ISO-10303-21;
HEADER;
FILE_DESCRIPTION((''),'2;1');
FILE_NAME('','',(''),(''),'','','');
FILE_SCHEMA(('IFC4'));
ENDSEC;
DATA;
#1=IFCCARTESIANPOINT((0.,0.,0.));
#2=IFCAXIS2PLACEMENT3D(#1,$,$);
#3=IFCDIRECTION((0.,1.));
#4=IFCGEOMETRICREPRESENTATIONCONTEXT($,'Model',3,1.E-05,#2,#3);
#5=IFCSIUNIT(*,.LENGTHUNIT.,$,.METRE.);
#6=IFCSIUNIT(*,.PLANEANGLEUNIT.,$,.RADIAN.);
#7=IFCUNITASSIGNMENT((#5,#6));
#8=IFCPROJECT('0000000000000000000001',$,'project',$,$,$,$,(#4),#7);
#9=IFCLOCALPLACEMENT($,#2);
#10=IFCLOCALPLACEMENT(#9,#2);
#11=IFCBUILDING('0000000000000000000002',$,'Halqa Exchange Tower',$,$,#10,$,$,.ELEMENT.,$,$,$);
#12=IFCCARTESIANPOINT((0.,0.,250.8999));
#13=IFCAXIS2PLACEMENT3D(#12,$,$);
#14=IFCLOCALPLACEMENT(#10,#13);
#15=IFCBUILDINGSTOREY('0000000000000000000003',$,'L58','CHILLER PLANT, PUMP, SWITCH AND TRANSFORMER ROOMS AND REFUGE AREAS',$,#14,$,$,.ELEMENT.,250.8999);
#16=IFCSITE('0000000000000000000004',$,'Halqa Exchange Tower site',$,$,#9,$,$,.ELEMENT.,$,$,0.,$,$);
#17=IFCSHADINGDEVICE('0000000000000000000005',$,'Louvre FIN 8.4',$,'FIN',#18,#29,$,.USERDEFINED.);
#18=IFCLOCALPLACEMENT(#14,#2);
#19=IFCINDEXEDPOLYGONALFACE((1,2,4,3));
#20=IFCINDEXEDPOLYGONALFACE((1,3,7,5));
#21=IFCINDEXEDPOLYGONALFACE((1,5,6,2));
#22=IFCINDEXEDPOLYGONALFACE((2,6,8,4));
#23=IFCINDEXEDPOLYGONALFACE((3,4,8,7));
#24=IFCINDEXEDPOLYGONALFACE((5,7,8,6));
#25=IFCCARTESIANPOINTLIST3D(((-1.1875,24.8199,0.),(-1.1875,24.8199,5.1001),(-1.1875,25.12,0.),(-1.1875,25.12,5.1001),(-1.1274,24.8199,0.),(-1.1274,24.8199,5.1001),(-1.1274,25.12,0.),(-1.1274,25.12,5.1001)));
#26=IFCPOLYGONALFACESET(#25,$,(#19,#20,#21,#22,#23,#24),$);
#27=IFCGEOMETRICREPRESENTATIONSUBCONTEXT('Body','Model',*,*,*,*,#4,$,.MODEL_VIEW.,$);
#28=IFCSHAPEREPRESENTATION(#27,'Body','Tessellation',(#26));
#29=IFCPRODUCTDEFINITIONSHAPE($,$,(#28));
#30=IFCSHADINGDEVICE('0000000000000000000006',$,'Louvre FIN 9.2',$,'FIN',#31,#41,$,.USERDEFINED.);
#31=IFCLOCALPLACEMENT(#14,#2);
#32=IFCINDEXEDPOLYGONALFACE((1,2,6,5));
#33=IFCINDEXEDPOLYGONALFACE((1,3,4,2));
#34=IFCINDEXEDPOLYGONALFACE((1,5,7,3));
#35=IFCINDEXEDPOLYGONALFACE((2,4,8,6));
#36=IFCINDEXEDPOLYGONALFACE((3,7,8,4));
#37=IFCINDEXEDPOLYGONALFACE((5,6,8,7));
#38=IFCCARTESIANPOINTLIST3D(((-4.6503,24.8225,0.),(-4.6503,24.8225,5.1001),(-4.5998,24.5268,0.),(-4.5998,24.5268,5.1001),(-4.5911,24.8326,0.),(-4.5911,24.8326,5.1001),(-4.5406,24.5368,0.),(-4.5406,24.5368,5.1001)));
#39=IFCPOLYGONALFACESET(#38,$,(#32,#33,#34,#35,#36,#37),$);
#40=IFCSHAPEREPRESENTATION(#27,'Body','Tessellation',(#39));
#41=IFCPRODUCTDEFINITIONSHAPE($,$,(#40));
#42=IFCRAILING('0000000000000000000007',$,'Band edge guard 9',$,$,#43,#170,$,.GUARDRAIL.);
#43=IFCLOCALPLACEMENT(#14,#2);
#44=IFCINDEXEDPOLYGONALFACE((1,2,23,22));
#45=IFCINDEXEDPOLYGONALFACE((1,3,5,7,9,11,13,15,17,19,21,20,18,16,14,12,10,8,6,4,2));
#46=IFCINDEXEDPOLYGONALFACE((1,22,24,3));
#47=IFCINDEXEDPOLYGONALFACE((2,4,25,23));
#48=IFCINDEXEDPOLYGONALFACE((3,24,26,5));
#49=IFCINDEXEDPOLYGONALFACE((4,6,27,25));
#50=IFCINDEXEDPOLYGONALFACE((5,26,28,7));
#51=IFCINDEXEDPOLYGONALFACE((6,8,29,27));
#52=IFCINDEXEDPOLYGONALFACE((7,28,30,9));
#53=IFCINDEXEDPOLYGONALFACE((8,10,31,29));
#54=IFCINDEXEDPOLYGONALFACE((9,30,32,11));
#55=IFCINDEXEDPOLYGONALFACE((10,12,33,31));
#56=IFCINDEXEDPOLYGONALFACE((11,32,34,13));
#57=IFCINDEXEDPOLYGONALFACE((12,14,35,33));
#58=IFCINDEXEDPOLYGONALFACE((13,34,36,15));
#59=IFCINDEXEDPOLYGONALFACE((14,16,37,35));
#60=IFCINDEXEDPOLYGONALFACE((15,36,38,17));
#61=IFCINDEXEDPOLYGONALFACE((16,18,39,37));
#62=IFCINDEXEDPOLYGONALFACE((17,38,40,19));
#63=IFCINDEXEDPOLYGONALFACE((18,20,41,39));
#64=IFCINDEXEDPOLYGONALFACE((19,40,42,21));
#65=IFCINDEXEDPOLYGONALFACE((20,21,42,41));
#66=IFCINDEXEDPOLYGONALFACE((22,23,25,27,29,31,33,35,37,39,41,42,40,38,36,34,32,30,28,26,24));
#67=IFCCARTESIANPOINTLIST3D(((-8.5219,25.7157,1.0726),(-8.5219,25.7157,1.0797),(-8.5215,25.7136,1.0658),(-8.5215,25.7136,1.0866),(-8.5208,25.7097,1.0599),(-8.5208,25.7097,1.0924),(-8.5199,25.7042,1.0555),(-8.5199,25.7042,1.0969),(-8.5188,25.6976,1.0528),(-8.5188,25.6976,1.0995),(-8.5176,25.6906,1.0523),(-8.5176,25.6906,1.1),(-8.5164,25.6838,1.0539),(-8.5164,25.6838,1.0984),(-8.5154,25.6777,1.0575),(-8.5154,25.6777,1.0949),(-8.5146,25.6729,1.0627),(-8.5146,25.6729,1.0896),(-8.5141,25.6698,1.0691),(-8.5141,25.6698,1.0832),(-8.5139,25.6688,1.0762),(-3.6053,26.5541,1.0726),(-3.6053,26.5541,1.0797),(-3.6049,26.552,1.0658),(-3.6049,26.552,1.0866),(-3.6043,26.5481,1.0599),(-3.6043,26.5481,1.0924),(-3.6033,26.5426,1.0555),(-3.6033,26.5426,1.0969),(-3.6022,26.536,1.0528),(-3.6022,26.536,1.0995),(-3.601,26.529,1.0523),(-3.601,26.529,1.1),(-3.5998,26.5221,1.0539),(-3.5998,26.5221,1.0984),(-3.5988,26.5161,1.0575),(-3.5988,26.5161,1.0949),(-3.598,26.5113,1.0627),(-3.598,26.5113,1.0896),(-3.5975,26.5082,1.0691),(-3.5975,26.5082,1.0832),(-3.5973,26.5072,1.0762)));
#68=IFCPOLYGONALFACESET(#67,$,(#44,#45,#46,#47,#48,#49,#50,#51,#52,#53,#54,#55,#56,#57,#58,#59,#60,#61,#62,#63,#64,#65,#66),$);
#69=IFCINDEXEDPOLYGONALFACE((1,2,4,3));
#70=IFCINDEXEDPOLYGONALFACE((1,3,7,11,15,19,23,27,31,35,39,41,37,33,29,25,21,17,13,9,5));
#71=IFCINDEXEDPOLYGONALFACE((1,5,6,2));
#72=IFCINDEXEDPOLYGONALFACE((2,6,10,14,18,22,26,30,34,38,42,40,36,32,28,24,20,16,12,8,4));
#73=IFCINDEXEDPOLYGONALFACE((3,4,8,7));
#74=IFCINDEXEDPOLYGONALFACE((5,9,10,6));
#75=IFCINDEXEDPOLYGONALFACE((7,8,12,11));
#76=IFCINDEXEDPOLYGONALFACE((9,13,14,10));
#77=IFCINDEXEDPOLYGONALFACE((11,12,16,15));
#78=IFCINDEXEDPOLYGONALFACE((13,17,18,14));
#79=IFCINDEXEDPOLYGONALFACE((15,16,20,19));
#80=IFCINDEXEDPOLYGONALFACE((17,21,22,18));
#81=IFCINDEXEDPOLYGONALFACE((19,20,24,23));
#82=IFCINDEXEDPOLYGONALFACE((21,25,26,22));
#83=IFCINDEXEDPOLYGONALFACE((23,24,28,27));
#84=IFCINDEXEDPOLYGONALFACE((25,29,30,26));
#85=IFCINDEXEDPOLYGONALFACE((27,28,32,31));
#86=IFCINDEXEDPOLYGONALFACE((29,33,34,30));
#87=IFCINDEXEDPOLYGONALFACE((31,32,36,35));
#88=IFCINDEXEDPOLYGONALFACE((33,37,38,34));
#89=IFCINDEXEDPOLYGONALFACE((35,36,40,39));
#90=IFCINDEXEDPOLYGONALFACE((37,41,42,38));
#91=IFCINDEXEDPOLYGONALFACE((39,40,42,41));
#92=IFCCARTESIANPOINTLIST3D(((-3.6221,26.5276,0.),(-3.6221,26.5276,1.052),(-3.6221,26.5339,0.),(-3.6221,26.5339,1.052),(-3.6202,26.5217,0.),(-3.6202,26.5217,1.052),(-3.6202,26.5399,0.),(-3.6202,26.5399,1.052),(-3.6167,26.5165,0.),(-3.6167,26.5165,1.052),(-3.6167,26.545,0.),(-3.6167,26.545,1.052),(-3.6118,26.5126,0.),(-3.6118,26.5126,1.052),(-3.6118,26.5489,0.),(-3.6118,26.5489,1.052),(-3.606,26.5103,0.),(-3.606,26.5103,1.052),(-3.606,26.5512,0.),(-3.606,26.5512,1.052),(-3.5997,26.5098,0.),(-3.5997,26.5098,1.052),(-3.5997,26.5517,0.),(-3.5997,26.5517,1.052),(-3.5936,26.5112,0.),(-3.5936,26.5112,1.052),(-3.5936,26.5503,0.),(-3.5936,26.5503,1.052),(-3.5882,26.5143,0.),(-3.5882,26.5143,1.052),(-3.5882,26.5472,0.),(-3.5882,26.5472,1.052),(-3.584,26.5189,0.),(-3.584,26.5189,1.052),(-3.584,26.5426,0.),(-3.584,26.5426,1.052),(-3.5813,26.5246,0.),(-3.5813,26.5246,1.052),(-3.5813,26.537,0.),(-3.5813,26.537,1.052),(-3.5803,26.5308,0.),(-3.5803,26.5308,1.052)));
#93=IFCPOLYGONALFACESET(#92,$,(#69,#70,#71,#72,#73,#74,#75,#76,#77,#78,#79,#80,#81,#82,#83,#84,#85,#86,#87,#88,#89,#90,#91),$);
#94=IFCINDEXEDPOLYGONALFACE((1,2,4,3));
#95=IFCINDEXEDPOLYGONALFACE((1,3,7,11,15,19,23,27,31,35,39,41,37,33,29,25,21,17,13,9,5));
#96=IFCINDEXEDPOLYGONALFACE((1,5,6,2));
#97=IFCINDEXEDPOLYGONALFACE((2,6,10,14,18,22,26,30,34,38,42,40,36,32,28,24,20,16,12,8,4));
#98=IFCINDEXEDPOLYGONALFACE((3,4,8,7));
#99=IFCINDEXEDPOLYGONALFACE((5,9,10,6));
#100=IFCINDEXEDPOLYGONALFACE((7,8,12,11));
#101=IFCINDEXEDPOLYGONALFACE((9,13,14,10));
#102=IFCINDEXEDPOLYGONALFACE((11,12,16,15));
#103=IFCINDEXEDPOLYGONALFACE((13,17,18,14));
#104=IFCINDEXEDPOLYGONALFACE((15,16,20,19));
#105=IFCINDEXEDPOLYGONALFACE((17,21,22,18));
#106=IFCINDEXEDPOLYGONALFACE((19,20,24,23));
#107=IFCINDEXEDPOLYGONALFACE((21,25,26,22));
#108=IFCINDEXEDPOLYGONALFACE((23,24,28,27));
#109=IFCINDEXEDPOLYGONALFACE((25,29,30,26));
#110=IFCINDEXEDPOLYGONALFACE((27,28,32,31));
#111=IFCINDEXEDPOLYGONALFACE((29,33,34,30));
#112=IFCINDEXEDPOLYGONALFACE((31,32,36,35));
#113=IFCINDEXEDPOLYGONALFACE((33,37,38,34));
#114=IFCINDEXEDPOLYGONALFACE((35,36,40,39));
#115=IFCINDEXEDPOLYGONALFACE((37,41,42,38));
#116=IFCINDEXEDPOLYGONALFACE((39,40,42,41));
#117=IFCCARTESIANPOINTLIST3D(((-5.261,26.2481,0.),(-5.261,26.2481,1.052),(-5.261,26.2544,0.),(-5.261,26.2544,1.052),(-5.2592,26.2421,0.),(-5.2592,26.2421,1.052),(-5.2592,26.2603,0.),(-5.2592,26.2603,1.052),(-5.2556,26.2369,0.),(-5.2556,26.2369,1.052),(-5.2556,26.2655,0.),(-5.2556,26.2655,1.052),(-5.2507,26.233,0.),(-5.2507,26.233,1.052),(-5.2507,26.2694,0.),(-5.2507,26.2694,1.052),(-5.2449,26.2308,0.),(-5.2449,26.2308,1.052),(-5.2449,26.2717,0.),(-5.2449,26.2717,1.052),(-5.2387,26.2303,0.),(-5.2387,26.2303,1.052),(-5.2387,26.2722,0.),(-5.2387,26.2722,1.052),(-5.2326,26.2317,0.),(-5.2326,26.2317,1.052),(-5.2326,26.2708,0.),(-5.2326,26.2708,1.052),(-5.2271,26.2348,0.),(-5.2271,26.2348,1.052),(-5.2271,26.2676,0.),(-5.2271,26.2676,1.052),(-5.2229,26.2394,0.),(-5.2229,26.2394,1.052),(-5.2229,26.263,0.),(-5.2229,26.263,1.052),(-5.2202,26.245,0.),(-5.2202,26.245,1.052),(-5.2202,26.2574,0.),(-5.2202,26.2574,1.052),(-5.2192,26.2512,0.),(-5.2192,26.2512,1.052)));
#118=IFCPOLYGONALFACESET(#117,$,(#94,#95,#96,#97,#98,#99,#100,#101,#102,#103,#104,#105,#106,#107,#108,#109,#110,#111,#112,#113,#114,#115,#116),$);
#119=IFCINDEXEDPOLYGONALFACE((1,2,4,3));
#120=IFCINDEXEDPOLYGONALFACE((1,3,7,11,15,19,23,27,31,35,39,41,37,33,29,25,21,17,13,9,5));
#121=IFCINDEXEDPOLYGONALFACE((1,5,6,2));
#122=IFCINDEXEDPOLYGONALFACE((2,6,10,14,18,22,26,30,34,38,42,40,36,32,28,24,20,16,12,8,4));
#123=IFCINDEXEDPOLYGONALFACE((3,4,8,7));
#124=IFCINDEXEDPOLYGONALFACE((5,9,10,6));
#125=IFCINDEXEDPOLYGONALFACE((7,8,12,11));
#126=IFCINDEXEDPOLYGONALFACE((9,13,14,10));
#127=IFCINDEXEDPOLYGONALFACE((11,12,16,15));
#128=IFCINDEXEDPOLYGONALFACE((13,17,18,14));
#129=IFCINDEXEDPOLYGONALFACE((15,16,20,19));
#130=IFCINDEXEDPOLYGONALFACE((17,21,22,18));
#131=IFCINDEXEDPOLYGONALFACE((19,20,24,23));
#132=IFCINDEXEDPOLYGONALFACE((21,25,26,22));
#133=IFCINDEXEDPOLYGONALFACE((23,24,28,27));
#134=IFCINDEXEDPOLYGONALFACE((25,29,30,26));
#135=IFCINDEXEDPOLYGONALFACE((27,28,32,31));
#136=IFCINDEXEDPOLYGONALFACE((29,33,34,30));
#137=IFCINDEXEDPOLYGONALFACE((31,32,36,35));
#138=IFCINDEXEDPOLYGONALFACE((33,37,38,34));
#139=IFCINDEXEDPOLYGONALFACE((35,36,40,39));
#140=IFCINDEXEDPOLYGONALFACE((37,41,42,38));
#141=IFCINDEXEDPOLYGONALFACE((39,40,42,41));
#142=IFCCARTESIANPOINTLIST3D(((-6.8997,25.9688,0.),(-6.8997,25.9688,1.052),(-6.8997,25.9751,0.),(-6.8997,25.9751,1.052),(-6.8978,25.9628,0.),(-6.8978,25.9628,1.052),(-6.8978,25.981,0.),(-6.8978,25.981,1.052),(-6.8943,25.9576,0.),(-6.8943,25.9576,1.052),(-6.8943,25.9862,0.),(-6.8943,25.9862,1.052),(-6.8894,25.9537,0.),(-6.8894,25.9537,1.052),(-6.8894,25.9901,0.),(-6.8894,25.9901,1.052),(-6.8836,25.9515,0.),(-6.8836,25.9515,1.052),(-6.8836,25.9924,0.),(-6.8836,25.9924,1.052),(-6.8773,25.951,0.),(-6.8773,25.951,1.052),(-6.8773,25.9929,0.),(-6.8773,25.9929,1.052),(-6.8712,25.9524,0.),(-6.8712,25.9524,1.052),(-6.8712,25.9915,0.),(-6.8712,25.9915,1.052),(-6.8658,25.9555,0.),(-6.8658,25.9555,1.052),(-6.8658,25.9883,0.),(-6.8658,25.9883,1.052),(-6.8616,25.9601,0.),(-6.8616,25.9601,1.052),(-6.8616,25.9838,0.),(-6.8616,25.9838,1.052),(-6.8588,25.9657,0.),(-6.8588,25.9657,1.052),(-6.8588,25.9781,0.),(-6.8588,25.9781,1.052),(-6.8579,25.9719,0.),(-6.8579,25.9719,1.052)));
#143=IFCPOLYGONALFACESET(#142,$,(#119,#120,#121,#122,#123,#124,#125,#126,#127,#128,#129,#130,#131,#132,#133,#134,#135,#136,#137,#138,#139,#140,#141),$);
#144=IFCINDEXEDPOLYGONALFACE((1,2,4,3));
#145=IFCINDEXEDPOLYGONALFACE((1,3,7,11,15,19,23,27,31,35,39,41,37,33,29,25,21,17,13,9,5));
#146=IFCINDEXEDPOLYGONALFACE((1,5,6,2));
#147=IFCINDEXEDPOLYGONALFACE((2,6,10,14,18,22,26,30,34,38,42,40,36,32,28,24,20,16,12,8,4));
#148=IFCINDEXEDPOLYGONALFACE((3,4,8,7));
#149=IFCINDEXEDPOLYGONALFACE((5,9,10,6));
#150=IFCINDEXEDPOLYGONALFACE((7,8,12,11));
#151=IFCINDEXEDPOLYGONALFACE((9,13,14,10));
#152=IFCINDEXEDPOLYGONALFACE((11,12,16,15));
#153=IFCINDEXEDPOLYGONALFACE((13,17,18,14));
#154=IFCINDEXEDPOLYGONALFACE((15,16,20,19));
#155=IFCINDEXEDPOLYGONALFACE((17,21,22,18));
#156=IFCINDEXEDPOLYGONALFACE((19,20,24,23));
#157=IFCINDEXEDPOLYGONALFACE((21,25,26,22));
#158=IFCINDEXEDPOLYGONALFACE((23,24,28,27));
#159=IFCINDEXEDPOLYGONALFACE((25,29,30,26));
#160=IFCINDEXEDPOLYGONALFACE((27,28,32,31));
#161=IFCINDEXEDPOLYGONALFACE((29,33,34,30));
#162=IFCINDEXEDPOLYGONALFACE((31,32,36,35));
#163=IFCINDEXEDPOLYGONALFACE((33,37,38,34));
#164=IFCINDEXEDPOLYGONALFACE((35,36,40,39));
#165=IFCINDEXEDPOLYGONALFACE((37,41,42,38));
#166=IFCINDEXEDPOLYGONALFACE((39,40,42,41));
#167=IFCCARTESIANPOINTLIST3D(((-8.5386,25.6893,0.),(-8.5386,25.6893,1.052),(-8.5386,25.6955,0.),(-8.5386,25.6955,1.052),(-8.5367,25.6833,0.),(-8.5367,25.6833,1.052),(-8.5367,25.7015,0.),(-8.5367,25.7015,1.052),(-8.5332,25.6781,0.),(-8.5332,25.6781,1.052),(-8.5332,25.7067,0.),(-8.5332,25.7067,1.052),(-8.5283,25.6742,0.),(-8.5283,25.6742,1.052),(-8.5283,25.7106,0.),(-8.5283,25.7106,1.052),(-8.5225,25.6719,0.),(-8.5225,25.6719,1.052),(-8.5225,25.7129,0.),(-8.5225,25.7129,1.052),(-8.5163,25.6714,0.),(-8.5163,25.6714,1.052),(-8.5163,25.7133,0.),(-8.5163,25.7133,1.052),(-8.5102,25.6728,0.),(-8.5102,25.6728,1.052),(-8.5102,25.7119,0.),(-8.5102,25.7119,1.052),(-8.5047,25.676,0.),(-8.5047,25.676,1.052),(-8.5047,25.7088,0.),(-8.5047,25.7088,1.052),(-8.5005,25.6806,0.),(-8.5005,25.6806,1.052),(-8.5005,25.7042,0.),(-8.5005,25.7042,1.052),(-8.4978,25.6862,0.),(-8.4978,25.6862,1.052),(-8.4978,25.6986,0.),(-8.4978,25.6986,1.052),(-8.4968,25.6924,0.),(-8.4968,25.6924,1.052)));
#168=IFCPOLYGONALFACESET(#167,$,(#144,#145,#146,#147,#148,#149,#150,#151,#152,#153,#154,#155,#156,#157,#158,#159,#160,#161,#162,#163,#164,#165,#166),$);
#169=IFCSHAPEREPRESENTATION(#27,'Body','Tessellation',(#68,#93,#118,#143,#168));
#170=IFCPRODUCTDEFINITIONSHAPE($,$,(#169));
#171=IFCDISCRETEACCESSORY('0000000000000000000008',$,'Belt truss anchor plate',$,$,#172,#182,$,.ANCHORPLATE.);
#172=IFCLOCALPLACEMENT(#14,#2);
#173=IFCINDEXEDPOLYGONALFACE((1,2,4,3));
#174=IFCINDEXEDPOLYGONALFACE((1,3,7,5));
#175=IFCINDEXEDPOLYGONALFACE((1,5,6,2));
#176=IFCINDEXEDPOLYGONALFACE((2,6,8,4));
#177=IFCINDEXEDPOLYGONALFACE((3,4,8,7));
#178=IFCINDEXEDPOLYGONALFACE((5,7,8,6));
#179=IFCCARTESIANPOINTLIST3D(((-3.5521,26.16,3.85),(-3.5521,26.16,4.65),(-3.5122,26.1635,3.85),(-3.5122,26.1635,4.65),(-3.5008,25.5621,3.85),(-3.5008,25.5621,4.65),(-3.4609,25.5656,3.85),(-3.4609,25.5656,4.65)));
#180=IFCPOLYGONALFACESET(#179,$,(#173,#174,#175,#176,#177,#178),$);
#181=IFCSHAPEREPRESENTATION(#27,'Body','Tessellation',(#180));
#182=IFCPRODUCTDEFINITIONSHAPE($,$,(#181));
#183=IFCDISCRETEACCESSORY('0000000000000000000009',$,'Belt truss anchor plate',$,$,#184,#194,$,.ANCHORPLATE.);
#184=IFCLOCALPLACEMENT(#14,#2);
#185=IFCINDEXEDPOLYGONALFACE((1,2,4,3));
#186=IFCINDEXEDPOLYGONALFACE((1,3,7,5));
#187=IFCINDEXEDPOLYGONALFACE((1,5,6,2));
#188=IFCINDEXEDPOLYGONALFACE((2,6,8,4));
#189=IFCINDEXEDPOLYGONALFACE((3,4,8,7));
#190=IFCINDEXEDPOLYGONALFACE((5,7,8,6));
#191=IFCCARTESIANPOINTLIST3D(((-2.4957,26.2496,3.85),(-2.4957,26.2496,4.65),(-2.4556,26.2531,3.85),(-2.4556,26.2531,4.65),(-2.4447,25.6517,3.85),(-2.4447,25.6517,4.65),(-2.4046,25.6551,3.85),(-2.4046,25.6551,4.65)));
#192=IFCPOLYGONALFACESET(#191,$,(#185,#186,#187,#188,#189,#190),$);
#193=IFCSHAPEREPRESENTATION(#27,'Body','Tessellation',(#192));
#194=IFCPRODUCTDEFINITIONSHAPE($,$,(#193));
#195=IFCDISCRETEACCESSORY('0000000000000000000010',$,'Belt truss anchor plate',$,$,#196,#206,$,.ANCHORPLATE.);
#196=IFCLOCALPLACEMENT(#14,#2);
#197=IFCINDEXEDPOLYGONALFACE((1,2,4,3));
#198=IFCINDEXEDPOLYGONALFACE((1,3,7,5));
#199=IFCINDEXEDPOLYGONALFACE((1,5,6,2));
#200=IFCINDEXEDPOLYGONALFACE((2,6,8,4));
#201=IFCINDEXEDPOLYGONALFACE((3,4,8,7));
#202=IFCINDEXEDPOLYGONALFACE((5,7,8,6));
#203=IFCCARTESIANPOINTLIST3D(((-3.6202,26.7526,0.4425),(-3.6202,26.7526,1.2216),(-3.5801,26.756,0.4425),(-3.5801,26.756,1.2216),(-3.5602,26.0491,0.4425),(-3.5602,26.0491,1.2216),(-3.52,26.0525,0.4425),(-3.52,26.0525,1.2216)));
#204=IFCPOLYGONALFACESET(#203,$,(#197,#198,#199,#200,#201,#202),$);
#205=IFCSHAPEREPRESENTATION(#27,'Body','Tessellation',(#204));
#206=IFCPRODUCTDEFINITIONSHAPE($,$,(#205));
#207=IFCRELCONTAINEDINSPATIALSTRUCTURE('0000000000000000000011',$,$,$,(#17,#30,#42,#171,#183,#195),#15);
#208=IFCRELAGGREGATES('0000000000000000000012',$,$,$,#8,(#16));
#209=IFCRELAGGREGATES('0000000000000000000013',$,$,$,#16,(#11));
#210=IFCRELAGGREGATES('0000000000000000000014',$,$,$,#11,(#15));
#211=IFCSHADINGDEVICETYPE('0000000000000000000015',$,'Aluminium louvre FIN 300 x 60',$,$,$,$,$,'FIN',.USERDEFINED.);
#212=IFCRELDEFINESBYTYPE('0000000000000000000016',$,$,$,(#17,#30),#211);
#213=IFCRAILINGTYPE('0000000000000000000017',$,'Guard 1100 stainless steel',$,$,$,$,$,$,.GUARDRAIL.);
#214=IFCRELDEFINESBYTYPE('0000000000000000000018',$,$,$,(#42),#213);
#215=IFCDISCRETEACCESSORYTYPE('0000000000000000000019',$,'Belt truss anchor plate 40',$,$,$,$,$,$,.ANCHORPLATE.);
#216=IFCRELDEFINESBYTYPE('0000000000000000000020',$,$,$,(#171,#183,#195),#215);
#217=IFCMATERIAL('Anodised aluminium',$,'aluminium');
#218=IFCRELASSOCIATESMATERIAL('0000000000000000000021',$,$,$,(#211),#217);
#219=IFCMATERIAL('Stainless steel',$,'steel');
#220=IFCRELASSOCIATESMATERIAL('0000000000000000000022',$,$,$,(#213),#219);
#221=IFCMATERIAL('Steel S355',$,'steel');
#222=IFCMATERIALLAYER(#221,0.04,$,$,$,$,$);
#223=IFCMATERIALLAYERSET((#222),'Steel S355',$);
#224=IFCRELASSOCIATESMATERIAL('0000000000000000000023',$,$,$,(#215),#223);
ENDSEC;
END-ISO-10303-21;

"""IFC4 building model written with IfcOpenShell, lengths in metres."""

from ifc_helpers import new_model, si_unit, direction, frame, origin, origin_2d, place, context, subcontext, project, spatial, rectangle, circle, extrude, material, layer, layer_set, material_profile, profile_set, type_object, element, save


model = new_model("IFC4")

# Units and contexts
model_context = context("Model", 3, precision=1e-05, world=origin(), true_north=direction((0.0, 1.0)))
body_context = subcontext(model_context, "Body", "Model", "MODEL_VIEW")
ifc_project = project(units=[si_unit("LENGTHUNIT", "METRE"), si_unit("PLANEANGLEUNIT", "RADIAN")], contexts=[model_context])

# Site, building, storey
site_placement = place(None, origin())
site = spatial("IfcSite", under=ifc_project, at=site_placement, Name="Halqa Exchange Tower site", CompositionType="ELEMENT", RefElevation=0.0)
building_placement = place(site_placement, origin())
building = spatial("IfcBuilding", under=site, at=building_placement, Name="Halqa Exchange Tower", CompositionType="ELEMENT")
storey_placement = place(building_placement, frame((0.0, 0.0, 250.8999)))
storey = spatial("IfcBuildingStorey", under=building, at=storey_placement, Name="L58", Description="CHILLER PLANT, PUMP, SWITCH AND TRANSFORMER ROOMS AND REFUGE AREAS", CompositionType="ELEMENT", Elevation=250.8999)

# Shared definitions
ifc_material_1 = material(Name="Steel S355", Category="steel")

# Shading devices
ifc_material_2 = material(Name="Anodised aluminium", Category="aluminium")
ifc_material_profile_1 = material_profile(ifc_material_2, rectangle(XDim=0.3, YDim=0.0601, at=origin_2d()), Name="AL FIN 300x60")
ifc_profile_set_1 = profile_set([ifc_material_profile_1], Name="Anodised aluminium")
shading_device_type = type_object("IfcShadingDeviceType", Name="Aluminium louvre FIN 300 x 60", ElementType="FIN", PredefinedType="USERDEFINED", material=ifc_profile_set_1)
for number, where, z_axis, x_axis, name in (
    (1, (-1.1575, 24.97, 0.0), (0.0, 0.0, 1.0), (0.0, -1.0, 0.0), "Louvre FIN 8.4"),
    (2, (-4.5955, 24.6797, 0.0), (0.0, 0.0, 1.0), (0.168066, -0.985776, 0.0), "Louvre FIN 9.2"),
):
    element("IfcShadingDevice", number, at=place(storey_placement, frame(where, z_axis=z_axis, x_axis=x_axis)), inside=storey, type_object=shading_device_type, Name=name, ObjectType="FIN", PredefinedType="USERDEFINED", context=body_context, shape_type="SweptSolid", body=[
        extrude(rectangle(XDim=0.3, YDim=0.0601, at=origin_2d()), origin(), (0.0, 0.0, 1.0), 5.1001),
    ])

# Railing
ifc_material_3 = material(Name="Stainless steel", Category="steel")
railing_type = type_object("IfcRailingType", Name="Guard 1100 stainless steel", PredefinedType="GUARDRAIL", material=ifc_material_3)
railing_placement = place(storey_placement, frame((-3.6013, 26.5308, 0.0)))
element("IfcRailing", 3, at=railing_placement, inside=storey, type_object=railing_type, Name="Band edge guard 9", PredefinedType="GUARDRAIL", context=body_context, shape_type="SweptSolid", body=[
    extrude(circle(Radius=0.0239, at=origin_2d()), frame((0.0, 0.0, 1.0762), z_axis=(-0.98577, -0.168097, 0.0), x_axis=(0.168097, -0.98577, 0.0)), (0.0, 0.0, 1.0), 4.9875),
    extrude(circle(Radius=0.021, at=origin_2d()), origin(), (0.0, 0.0, 1.0), 1.052),
    extrude(circle(Radius=0.021, at=origin_2d()), frame((-1.6389, -0.2795, 0.0)), (0.0, 0.0, 1.0), 1.052),
    extrude(circle(Radius=0.021, at=origin_2d()), frame((-3.2776, -0.5588, 0.0)), (0.0, 0.0, 1.0), 1.052),
    extrude(circle(Radius=0.021, at=origin_2d()), frame((-4.9165, -0.8384, 0.0)), (0.0, 0.0, 1.0), 1.052),
])

# Discrete accessories
ifc_layer_1 = layer(ifc_material_1, 0.04)
ifc_layer_set_1 = layer_set([ifc_layer_1], Name="Steel S355")
discrete_accessory_type = type_object("IfcDiscreteAccessoryType", Name="Belt truss anchor plate 40", PredefinedType="ANCHORPLATE", material=ifc_layer_set_1)
discrete_accessory_1_placement = place(storey_placement, frame((-3.4866, 25.8645, 4.25), z_axis=(-0.996332, -0.085575, 0.0), x_axis=(0.085575, -0.996332, 0.0)))
element("IfcDiscreteAccessory", 4, at=discrete_accessory_1_placement, inside=storey, type_object=discrete_accessory_type, Name="Belt truss anchor plate", PredefinedType="ANCHORPLATE", context=body_context, shape_type="SweptSolid", body=[
    extrude(rectangle(XDim=0.6001, YDim=0.8, at=origin_2d()), origin(), (0.0, 0.0, 1.0), 0.04),
])
discrete_accessory_2_placement = place(storey_placement, frame((-2.4702, 25.9507, 4.25), z_axis=(0.996376, 0.085056, 0.0), x_axis=(-0.085056, 0.996376, 0.0)))
element("IfcDiscreteAccessory", 5, at=discrete_accessory_2_placement, inside=storey, type_object=discrete_accessory_type, Name="Belt truss anchor plate", PredefinedType="ANCHORPLATE", context=body_context, shape_type="SweptSolid", body=[
    extrude(rectangle(XDim=0.6001, YDim=0.8, at=origin_2d()), origin(), (0.0, 0.0, 1.0), 0.0403),
])
discrete_accessory_3_placement = place(storey_placement, frame((-3.55, 26.4043, 0.832), z_axis=(-0.996376, -0.085056, 0.0), x_axis=(0.085056, -0.996376, 0.0)))
element("IfcDiscreteAccessory", 6, at=discrete_accessory_3_placement, inside=storey, type_object=discrete_accessory_type, Name="Belt truss anchor plate", PredefinedType="ANCHORPLATE", context=body_context, shape_type="SweptSolid", body=[
    extrude(rectangle(XDim=0.7061, YDim=0.7791, at=origin_2d()), origin(), (0.0, 0.0, 1.0), 0.0403),
])

save(model, "model.ifc")
